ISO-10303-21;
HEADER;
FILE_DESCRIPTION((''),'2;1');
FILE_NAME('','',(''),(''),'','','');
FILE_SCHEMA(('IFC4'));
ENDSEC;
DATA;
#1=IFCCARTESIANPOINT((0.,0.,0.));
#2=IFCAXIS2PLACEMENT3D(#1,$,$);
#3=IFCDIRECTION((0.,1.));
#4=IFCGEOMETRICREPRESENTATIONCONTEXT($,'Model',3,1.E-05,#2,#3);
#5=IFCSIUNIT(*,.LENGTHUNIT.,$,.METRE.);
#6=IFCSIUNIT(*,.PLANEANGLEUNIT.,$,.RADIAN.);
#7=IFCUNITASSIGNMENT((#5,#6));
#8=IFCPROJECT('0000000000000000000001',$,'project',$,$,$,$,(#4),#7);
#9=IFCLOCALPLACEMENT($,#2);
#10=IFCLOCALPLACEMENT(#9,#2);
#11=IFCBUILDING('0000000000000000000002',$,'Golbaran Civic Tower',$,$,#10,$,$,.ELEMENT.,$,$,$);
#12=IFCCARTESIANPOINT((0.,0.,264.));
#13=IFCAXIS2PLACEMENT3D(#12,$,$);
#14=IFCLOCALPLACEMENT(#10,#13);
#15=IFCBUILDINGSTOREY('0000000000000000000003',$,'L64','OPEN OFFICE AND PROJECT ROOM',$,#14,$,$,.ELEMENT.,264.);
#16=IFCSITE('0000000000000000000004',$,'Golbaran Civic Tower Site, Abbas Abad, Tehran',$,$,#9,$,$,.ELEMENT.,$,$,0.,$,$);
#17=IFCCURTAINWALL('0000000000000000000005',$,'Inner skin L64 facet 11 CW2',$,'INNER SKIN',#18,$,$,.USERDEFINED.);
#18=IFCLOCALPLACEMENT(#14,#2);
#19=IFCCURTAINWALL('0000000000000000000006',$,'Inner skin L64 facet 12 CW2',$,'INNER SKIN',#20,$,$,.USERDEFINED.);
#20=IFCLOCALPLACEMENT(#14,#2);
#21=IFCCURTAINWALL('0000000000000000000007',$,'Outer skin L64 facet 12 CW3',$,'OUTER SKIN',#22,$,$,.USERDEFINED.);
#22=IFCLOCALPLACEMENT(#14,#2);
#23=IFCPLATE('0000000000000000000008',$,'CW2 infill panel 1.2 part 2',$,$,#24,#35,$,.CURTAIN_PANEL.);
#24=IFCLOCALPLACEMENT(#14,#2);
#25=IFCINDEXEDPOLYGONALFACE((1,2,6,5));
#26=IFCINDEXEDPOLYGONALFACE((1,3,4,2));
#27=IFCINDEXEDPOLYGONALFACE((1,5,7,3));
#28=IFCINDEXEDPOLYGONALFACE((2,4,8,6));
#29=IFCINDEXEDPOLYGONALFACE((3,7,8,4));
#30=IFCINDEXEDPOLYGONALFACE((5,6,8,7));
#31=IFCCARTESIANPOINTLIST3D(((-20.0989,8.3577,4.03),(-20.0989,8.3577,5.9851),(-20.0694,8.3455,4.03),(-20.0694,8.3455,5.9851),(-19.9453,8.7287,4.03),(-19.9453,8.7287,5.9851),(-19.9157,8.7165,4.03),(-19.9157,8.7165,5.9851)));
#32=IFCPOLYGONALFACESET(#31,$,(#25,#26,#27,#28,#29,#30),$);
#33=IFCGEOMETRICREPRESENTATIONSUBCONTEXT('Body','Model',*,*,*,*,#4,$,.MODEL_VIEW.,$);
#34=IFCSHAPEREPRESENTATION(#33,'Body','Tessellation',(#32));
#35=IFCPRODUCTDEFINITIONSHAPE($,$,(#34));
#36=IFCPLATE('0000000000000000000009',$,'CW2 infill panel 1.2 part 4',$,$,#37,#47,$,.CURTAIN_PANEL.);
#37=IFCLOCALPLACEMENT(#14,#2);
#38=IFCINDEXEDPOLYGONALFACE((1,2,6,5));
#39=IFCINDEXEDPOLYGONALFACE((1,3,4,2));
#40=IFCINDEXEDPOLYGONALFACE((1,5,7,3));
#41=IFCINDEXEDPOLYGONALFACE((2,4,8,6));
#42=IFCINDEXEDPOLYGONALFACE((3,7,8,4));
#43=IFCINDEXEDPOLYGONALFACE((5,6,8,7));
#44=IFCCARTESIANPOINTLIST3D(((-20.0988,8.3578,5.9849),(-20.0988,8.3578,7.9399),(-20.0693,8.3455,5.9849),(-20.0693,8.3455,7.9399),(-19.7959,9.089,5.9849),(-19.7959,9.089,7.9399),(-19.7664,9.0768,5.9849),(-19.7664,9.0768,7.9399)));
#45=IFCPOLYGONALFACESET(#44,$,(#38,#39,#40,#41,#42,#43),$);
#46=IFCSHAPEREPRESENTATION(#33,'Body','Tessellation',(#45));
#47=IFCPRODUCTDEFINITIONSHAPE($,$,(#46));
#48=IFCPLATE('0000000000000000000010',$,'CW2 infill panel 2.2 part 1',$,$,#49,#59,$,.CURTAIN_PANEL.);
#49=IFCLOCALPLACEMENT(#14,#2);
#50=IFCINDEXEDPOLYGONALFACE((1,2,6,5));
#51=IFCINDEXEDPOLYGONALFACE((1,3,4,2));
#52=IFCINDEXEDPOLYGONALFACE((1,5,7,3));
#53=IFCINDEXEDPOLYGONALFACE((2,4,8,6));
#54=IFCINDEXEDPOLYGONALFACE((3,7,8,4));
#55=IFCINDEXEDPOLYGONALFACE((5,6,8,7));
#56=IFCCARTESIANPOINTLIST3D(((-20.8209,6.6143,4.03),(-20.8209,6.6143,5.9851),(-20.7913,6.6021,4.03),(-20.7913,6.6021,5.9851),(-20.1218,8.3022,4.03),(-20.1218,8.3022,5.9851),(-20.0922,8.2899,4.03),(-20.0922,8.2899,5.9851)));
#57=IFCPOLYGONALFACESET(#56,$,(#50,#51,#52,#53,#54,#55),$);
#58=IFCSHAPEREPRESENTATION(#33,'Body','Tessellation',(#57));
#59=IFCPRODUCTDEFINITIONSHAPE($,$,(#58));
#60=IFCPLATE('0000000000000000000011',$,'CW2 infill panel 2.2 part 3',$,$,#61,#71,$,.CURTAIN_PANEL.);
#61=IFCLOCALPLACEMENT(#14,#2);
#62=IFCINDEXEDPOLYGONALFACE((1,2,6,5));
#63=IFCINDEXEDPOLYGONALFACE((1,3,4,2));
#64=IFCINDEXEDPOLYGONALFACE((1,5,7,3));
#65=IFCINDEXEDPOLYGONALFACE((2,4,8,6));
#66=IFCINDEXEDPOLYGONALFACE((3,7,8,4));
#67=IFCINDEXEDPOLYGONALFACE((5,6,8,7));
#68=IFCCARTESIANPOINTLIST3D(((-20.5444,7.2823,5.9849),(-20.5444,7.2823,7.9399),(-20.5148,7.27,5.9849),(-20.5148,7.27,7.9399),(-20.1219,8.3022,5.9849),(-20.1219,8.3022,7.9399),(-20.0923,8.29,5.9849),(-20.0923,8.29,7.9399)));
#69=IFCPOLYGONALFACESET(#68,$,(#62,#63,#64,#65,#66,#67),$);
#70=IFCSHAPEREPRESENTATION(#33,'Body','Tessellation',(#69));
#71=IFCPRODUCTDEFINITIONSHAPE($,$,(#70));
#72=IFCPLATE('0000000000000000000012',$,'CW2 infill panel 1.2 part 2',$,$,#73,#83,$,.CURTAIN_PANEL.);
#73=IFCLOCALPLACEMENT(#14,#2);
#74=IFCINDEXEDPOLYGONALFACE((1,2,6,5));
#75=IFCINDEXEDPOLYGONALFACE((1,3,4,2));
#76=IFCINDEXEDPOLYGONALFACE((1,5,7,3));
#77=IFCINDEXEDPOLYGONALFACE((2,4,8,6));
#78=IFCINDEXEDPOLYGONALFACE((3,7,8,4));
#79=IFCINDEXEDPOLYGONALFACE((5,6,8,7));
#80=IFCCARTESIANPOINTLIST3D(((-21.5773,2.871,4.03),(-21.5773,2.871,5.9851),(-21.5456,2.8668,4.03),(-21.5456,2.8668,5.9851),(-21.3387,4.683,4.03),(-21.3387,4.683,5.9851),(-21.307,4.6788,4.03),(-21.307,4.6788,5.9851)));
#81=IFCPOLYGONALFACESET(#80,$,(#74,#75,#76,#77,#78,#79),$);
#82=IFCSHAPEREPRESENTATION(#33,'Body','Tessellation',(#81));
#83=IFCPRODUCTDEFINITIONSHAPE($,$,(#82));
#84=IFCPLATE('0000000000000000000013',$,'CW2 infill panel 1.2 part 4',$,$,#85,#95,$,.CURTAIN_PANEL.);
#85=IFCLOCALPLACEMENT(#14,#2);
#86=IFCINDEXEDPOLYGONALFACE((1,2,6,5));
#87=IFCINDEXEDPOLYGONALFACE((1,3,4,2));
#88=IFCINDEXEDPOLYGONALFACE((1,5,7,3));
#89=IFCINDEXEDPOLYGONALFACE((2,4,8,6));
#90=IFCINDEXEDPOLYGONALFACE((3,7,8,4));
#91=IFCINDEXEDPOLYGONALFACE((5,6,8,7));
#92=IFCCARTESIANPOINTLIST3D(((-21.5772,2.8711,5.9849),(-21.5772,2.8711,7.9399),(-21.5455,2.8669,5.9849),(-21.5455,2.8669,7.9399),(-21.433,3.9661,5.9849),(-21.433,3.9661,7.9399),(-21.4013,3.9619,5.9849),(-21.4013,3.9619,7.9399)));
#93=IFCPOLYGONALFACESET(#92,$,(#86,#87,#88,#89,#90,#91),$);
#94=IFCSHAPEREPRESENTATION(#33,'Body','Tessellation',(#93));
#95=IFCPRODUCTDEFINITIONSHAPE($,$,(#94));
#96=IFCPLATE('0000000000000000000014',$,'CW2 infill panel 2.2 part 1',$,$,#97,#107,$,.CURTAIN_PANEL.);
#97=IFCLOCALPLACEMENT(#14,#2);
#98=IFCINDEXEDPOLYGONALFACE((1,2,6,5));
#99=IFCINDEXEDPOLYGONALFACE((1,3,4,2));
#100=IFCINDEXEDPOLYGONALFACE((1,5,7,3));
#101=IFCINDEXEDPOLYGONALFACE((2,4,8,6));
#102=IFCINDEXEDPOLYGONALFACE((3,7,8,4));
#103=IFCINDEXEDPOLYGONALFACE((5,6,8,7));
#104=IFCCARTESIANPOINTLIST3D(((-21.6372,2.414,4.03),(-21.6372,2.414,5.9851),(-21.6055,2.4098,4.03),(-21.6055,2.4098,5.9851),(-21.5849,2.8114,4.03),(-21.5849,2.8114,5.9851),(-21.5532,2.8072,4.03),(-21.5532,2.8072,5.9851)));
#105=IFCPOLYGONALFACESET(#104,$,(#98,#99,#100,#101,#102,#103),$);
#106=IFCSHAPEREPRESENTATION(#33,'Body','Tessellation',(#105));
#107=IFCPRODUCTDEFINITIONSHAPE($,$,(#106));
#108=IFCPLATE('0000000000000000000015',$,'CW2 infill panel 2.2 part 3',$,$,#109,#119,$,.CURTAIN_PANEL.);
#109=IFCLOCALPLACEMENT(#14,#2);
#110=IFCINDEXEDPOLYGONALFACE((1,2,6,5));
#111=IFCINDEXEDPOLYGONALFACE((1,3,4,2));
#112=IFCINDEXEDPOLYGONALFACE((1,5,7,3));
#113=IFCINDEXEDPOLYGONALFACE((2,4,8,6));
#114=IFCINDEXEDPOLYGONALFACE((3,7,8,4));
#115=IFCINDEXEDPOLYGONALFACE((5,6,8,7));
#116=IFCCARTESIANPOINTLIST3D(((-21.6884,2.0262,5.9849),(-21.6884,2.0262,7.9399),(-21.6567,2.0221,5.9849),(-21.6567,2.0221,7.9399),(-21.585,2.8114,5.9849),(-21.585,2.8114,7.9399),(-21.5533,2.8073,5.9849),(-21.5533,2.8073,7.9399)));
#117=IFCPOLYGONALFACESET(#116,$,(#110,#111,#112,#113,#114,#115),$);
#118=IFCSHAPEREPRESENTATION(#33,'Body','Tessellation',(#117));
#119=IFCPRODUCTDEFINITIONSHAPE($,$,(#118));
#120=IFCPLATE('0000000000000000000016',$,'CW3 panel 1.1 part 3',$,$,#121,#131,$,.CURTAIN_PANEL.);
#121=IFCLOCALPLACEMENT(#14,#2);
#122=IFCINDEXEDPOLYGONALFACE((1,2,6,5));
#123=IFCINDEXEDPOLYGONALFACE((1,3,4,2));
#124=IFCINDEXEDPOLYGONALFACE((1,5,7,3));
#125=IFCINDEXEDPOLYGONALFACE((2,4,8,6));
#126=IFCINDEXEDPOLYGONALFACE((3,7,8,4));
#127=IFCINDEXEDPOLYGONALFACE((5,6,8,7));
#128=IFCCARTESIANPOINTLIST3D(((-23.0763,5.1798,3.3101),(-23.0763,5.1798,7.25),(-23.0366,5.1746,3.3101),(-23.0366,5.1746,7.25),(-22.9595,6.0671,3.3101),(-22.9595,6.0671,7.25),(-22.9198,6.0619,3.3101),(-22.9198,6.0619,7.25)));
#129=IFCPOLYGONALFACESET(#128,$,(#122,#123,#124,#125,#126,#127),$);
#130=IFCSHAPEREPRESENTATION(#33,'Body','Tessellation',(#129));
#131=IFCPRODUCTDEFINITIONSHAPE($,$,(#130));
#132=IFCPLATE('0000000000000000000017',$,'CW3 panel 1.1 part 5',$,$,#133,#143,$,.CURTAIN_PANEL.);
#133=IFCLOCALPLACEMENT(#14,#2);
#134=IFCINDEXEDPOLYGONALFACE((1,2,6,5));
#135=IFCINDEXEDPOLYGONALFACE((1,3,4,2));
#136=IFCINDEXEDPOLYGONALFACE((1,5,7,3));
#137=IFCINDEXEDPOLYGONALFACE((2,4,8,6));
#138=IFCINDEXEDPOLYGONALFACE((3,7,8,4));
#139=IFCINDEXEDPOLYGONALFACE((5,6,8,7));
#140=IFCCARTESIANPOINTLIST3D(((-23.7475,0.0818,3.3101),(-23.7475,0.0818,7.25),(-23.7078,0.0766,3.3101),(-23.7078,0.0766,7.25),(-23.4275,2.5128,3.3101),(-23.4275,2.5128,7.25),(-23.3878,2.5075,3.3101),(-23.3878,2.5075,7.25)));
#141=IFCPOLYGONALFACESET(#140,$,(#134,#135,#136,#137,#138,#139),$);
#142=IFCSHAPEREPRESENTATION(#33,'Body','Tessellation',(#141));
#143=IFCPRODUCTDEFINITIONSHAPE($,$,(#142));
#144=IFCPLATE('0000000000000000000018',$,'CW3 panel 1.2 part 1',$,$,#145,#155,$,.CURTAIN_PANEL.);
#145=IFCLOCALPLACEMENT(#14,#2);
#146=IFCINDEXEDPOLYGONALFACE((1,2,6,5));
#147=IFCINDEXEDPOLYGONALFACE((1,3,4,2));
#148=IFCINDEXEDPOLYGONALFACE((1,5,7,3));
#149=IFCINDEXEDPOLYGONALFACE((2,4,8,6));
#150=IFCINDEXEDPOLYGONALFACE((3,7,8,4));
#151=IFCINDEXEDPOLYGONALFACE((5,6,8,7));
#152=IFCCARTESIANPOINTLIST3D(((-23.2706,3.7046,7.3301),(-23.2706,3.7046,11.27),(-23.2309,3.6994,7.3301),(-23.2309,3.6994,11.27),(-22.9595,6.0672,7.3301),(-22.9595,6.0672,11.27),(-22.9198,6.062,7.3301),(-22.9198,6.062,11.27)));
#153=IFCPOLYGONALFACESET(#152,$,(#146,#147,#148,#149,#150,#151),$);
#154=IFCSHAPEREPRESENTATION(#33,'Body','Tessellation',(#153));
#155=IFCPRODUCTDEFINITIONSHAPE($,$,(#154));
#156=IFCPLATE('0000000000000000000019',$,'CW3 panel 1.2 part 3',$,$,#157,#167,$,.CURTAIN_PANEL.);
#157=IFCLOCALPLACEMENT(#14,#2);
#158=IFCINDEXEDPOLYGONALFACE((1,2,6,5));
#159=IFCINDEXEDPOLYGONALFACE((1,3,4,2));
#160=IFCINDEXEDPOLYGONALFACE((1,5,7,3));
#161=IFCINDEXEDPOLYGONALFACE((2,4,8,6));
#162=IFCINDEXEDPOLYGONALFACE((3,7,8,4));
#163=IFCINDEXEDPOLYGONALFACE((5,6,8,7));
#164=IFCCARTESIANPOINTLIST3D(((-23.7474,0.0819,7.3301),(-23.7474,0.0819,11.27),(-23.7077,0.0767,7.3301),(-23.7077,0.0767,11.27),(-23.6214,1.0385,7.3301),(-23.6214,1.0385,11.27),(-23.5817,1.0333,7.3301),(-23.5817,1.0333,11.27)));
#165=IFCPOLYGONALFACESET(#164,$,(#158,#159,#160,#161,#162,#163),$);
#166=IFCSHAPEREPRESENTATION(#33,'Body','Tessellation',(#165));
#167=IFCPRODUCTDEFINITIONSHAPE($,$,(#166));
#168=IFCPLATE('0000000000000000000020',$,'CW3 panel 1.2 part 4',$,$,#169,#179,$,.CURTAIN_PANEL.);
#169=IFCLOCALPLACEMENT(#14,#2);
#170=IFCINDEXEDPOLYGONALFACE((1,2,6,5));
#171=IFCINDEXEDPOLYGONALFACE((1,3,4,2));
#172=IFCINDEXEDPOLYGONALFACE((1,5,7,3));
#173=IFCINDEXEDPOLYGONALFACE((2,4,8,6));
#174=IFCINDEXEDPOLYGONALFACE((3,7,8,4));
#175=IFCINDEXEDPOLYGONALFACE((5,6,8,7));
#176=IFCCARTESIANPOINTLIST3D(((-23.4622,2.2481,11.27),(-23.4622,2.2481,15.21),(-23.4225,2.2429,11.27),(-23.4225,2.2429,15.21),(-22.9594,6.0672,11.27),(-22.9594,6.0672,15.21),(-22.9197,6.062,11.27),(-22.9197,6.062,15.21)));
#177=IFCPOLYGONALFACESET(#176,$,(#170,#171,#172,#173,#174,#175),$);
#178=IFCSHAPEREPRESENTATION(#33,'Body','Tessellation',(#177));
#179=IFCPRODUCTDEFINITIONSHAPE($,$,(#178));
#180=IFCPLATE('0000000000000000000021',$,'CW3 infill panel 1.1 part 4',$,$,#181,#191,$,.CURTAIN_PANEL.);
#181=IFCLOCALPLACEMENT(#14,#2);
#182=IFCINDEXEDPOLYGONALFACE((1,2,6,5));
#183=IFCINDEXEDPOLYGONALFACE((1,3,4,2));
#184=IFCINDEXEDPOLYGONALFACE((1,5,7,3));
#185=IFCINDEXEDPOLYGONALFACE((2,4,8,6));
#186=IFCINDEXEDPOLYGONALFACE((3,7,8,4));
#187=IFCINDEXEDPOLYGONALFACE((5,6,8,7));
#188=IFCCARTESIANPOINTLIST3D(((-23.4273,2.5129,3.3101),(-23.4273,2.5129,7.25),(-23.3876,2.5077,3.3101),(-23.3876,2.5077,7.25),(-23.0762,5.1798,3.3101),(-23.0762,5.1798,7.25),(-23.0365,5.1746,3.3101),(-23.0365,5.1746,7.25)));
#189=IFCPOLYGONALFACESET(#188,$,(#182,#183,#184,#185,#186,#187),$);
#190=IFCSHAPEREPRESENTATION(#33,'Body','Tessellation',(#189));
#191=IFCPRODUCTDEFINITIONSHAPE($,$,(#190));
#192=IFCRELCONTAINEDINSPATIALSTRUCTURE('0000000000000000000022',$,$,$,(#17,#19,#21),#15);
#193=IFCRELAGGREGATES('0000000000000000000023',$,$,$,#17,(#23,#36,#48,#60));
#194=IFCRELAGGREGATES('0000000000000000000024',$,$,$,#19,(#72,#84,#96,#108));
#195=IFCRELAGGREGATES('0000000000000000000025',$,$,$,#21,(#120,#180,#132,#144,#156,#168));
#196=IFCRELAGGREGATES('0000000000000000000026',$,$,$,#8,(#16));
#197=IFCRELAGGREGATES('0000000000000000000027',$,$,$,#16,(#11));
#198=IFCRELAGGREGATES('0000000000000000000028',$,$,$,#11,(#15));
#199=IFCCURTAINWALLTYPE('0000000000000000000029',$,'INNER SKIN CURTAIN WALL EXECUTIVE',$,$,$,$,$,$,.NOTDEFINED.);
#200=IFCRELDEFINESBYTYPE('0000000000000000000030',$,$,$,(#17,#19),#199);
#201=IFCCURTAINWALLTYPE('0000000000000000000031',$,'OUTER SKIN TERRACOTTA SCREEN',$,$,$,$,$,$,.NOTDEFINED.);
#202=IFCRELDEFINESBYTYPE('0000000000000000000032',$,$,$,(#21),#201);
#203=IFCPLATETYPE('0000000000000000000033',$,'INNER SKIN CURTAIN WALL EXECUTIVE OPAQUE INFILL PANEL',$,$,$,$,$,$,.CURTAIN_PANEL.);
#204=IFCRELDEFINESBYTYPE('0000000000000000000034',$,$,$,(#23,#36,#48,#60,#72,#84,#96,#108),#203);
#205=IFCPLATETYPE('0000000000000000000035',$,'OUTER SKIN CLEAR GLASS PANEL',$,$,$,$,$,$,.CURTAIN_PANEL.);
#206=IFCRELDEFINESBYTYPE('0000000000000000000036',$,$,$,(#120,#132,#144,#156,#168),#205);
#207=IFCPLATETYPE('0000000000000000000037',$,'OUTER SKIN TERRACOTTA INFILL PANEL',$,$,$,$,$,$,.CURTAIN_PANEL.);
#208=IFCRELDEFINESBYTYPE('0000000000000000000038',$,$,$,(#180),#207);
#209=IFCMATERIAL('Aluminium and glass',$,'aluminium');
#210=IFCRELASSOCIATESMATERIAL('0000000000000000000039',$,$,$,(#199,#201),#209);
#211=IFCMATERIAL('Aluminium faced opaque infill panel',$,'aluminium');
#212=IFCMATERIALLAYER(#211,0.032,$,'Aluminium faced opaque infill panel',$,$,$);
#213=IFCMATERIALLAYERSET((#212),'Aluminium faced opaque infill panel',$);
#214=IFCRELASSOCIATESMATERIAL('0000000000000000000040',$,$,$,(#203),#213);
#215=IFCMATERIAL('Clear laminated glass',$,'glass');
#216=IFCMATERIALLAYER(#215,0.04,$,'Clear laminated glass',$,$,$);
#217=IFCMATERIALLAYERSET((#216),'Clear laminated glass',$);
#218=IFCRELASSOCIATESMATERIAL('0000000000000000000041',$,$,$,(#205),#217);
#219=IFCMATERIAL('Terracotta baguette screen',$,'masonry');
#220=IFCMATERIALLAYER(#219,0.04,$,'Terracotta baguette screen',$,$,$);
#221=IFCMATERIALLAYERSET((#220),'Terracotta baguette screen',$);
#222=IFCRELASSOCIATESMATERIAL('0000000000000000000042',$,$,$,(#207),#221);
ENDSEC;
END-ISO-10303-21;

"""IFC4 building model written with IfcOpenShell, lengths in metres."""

from ifc_helpers import new_model, si_unit, direction, frame, origin, origin_2d, place, context, subcontext, project, spatial, rectangle, extrude, material, layer, layer_set, type_object, element, aggregate, save


model = new_model("IFC4")

# Units and contexts
model_context = context("Model", 3, precision=1e-05, world=origin(), true_north=direction((0.0, 1.0)))
body_context = subcontext(model_context, "Body", "Model", "MODEL_VIEW")
ifc_project = project(units=[si_unit("LENGTHUNIT", "METRE"), si_unit("PLANEANGLEUNIT", "RADIAN")], contexts=[model_context])

# Site, building, storey
site_placement = place(None, origin())
site = spatial("IfcSite", under=ifc_project, at=site_placement, Name="Golbaran Civic Tower Site, Abbas Abad, Tehran", CompositionType="ELEMENT", RefElevation=0.0)
building_placement = place(site_placement, origin())
building = spatial("IfcBuilding", under=site, at=building_placement, Name="Golbaran Civic Tower", CompositionType="ELEMENT")
storey_placement = place(building_placement, frame((0.0, 0.0, 264.0)))
storey = spatial("IfcBuildingStorey", under=building, at=storey_placement, Name="L64", Description="OPEN OFFICE AND PROJECT ROOM", CompositionType="ELEMENT", Elevation=264.0)

# Curtain walls
ifc_material_1 = material(Name="Aluminium and glass", Category="aluminium")
curtain_wall_type_1 = type_object("IfcCurtainWallType", Name="INNER SKIN CURTAIN WALL EXECUTIVE", PredefinedType="NOTDEFINED", material=ifc_material_1)
curtain_wall_1_placement = place(storey_placement, origin())
curtain_wall_1 = element("IfcCurtainWall", 1, at=curtain_wall_1_placement, inside=storey, type_object=curtain_wall_type_1, Name="Inner skin L64 facet 11 CW2", ObjectType="INNER SKIN", PredefinedType="USERDEFINED")
curtain_wall_2_placement = place(storey_placement, origin())
curtain_wall_2 = element("IfcCurtainWall", 2, at=curtain_wall_2_placement, inside=storey, type_object=curtain_wall_type_1, Name="Inner skin L64 facet 12 CW2", ObjectType="INNER SKIN", PredefinedType="USERDEFINED")
curtain_wall_type_2 = type_object("IfcCurtainWallType", Name="OUTER SKIN TERRACOTTA SCREEN", PredefinedType="NOTDEFINED", material=ifc_material_1)
curtain_wall_3_placement = place(storey_placement, origin())
curtain_wall_3 = element("IfcCurtainWall", 3, at=curtain_wall_3_placement, inside=storey, type_object=curtain_wall_type_2, Name="Outer skin L64 facet 12 CW3", ObjectType="OUTER SKIN", PredefinedType="USERDEFINED")

# Plates
ifc_material_2 = material(Name="Aluminium faced opaque infill panel", Category="aluminium")
ifc_layer_1 = layer(ifc_material_2, 0.032, Name="Aluminium faced opaque infill panel")
ifc_layer_set_1 = layer_set([ifc_layer_1], Name="Aluminium faced opaque infill panel")
plate_type_1 = type_object("IfcPlateType", Name="INNER SKIN CURTAIN WALL EXECUTIVE OPAQUE INFILL PANEL", PredefinedType="CURTAIN_PANEL", material=ifc_layer_set_1)
plate_1_placement = place(storey_placement, frame((-20.0073, 8.5371, 4.03), z_axis=(0.0, 0.0, 1.0), x_axis=(-0.382683, -0.92388, 0.0)))
plate_1 = element("IfcPlate", 4, at=plate_1_placement, type_object=plate_type_1, Name="CW2 infill panel 1.2 part 2", PredefinedType="CURTAIN_PANEL", context=body_context, shape_type="SweptSolid", body=[
    extrude(rectangle(XDim=0.4016, YDim=0.032, at=origin_2d()), origin(), (0.0, 0.0, 1.0), 1.9551),
])
plate_2_placement = place(storey_placement, frame((-19.9326, 8.7173, 5.9849), z_axis=(0.0, 0.0, 1.0), x_axis=(-0.382683, -0.92388, 0.0)))
plate_2 = element("IfcPlate", 5, at=plate_2_placement, type_object=plate_type_1, Name="CW2 infill panel 1.2 part 4", PredefinedType="CURTAIN_PANEL", context=body_context, shape_type="SweptSolid", body=[
    extrude(rectangle(XDim=0.7915, YDim=0.032, at=origin_2d()), origin(), (0.0, 0.0, 1.0), 1.9551),
])
plate_3_placement = place(storey_placement, frame((-20.4565, 7.4521, 4.03), z_axis=(0.0, 0.0, 1.0), x_axis=(-0.382683, -0.92388, 0.0)))
plate_3 = element("IfcPlate", 6, at=plate_3_placement, type_object=plate_type_1, Name="CW2 infill panel 2.2 part 1", PredefinedType="CURTAIN_PANEL", context=body_context, shape_type="SweptSolid", body=[
    extrude(rectangle(XDim=1.8269, YDim=0.032, at=origin_2d()), origin(), (0.0, 0.0, 1.0), 1.9551),
])
plate_4_placement = place(storey_placement, frame((-20.3184, 7.7861, 5.9849), z_axis=(0.0, 0.0, 1.0), x_axis=(-0.382683, -0.92388, 0.0)))
plate_4 = element("IfcPlate", 7, at=plate_4_placement, type_object=plate_type_1, Name="CW2 infill panel 2.2 part 3", PredefinedType="CURTAIN_PANEL", context=body_context, shape_type="SweptSolid", body=[
    extrude(rectangle(XDim=1.104, YDim=0.032, at=origin_2d()), origin(), (0.0, 0.0, 1.0), 1.9551),
])
aggregate(curtain_wall_1, [plate_1, plate_2, plate_3, plate_4])
plate_5_placement = place(storey_placement, frame((-21.4421, 3.7749, 4.03), z_axis=(0.0, 0.0, 1.0), x_axis=(-0.130526, -0.991445, 0.0)))
plate_5 = element("IfcPlate", 8, at=plate_5_placement, type_object=plate_type_1, Name="CW2 infill panel 1.2 part 2", PredefinedType="CURTAIN_PANEL", context=body_context, shape_type="SweptSolid", body=[
    extrude(rectangle(XDim=1.8276, YDim=0.032, at=origin_2d()), origin(), (0.0, 0.0, 1.0), 1.9551),
])
plate_6_placement = place(storey_placement, frame((-21.4893, 3.4165, 5.9849), z_axis=(0.0, 0.0, 1.0), x_axis=(-0.130526, -0.991445, 0.0)))
plate_6 = element("IfcPlate", 9, at=plate_6_placement, type_object=plate_type_1, Name="CW2 infill panel 1.2 part 4", PredefinedType="CURTAIN_PANEL", context=body_context, shape_type="SweptSolid", body=[
    extrude(rectangle(XDim=1.1045, YDim=0.032, at=origin_2d()), origin(), (0.0, 0.0, 1.0), 1.9551),
])
plate_7_placement = place(storey_placement, frame((-21.5952, 2.6106, 4.03), z_axis=(0.0, 0.0, 1.0), x_axis=(-0.130526, -0.991445, 0.0)))
plate_7 = element("IfcPlate", 10, at=plate_7_placement, type_object=plate_type_1, Name="CW2 infill panel 2.2 part 1", PredefinedType="CURTAIN_PANEL", context=body_context, shape_type="SweptSolid", body=[
    extrude(rectangle(XDim=0.4009, YDim=0.032, at=origin_2d()), origin(), (0.0, 0.0, 1.0), 1.9551),
])
plate_8_placement = place(storey_placement, frame((-21.6208, 2.4167, 5.9849), z_axis=(0.0, 0.0, 1.0), x_axis=(-0.130526, -0.991445, 0.0)))
plate_8 = element("IfcPlate", 11, at=plate_8_placement, type_object=plate_type_1, Name="CW2 infill panel 2.2 part 3", PredefinedType="CURTAIN_PANEL", context=body_context, shape_type="SweptSolid", body=[
    extrude(rectangle(XDim=0.792, YDim=0.032, at=origin_2d()), origin(), (0.0, 0.0, 1.0), 1.9551),
])
aggregate(curtain_wall_2, [plate_5, plate_6, plate_7, plate_8])
ifc_material_3 = material(Name="Clear laminated glass", Category="glass")
ifc_layer_2 = layer(ifc_material_3, 0.04, Name="Clear laminated glass")
ifc_layer_set_2 = layer_set([ifc_layer_2], Name="Clear laminated glass")
plate_type_2 = type_object("IfcPlateType", Name="OUTER SKIN CLEAR GLASS PANEL", PredefinedType="CURTAIN_PANEL", material=ifc_layer_set_2)
plate_9_placement = place(storey_placement, frame((-22.998, 5.6208, 3.3101), z_axis=(0.0, 0.0, 1.0), x_axis=(-0.130526, -0.991445, 0.0)))
plate_9 = element("IfcPlate", 12, at=plate_9_placement, type_object=plate_type_2, Name="CW3 panel 1.1 part 3", PredefinedType="CURTAIN_PANEL", context=body_context, shape_type="SweptSolid", body=[
    extrude(rectangle(XDim=0.895, YDim=0.04, at=origin_2d()), origin(), (0.0, 0.0, 1.0), 3.9399),
])
plate_10_placement = place(storey_placement, frame((-23.5676, 1.2947, 3.3101), z_axis=(0.0, 0.0, 1.0), x_axis=(-0.130526, -0.991445, 0.0)))
plate_10 = element("IfcPlate", 13, at=plate_10_placement, type_object=plate_type_2, Name="CW3 panel 1.1 part 5", PredefinedType="CURTAIN_PANEL", context=body_context, shape_type="SweptSolid", body=[
    extrude(rectangle(XDim=2.4519, YDim=0.04, at=origin_2d()), origin(), (0.0, 0.0, 1.0), 3.9399),
])
plate_11_placement = place(storey_placement, frame((-23.0952, 4.8833, 7.3301), z_axis=(0.0, 0.0, 1.0), x_axis=(-0.130526, -0.991445, 0.0)))
plate_11 = element("IfcPlate", 14, at=plate_11_placement, type_object=plate_type_2, Name="CW3 panel 1.2 part 1", PredefinedType="CURTAIN_PANEL", context=body_context, shape_type="SweptSolid", body=[
    extrude(rectangle(XDim=2.3831, YDim=0.04, at=origin_2d()), origin(), (0.0, 0.0, 1.0), 3.9399),
])
plate_12_placement = place(storey_placement, frame((-23.6646, 0.5576, 7.3301), z_axis=(0.0, 0.0, 1.0), x_axis=(-0.130526, -0.991445, 0.0)))
plate_12 = element("IfcPlate", 15, at=plate_12_placement, type_object=plate_type_2, Name="CW3 panel 1.2 part 3", PredefinedType="CURTAIN_PANEL", context=body_context, shape_type="SweptSolid", body=[
    extrude(rectangle(XDim=0.9648, YDim=0.04, at=origin_2d()), origin(), (0.0, 0.0, 1.0), 3.9399),
])
plate_13_placement = place(storey_placement, frame((-23.1909, 4.155, 11.27), z_axis=(0.0, 0.0, 1.0), x_axis=(-0.130526, -0.991445, 0.0)))
plate_13 = element("IfcPlate", 16, at=plate_13_placement, type_object=plate_type_2, Name="CW3 panel 1.2 part 4", PredefinedType="CURTAIN_PANEL", context=body_context, shape_type="SweptSolid", body=[
    extrude(rectangle(XDim=3.8521, YDim=0.04, at=origin_2d()), origin(), (0.0, 0.0, 1.0), 3.9399),
])
ifc_material_4 = material(Name="Terracotta baguette screen", Category="masonry")
ifc_layer_3 = layer(ifc_material_4, 0.04, Name="Terracotta baguette screen")
ifc_layer_set_3 = layer_set([ifc_layer_3], Name="Terracotta baguette screen")
plate_type_3 = type_object("IfcPlateType", Name="OUTER SKIN TERRACOTTA INFILL PANEL", PredefinedType="CURTAIN_PANEL", material=ifc_layer_set_3)
plate_14_placement = place(storey_placement, frame((-23.2319, 3.8438, 3.3101), z_axis=(0.0, 0.0, 1.0), x_axis=(-0.130526, -0.991445, 0.0)))
plate_14 = element("IfcPlate", 17, at=plate_14_placement, type_object=plate_type_3, Name="CW3 infill panel 1.1 part 4", PredefinedType="CURTAIN_PANEL", context=body_context, shape_type="SweptSolid", body=[
    extrude(rectangle(XDim=2.6899, YDim=0.04, at=origin_2d()), origin(), (0.0, 0.0, 1.0), 3.9399),
])
aggregate(curtain_wall_3, [plate_9, plate_14, plate_10, plate_11, plate_12, plate_13])

save(model, "model.ifc")
